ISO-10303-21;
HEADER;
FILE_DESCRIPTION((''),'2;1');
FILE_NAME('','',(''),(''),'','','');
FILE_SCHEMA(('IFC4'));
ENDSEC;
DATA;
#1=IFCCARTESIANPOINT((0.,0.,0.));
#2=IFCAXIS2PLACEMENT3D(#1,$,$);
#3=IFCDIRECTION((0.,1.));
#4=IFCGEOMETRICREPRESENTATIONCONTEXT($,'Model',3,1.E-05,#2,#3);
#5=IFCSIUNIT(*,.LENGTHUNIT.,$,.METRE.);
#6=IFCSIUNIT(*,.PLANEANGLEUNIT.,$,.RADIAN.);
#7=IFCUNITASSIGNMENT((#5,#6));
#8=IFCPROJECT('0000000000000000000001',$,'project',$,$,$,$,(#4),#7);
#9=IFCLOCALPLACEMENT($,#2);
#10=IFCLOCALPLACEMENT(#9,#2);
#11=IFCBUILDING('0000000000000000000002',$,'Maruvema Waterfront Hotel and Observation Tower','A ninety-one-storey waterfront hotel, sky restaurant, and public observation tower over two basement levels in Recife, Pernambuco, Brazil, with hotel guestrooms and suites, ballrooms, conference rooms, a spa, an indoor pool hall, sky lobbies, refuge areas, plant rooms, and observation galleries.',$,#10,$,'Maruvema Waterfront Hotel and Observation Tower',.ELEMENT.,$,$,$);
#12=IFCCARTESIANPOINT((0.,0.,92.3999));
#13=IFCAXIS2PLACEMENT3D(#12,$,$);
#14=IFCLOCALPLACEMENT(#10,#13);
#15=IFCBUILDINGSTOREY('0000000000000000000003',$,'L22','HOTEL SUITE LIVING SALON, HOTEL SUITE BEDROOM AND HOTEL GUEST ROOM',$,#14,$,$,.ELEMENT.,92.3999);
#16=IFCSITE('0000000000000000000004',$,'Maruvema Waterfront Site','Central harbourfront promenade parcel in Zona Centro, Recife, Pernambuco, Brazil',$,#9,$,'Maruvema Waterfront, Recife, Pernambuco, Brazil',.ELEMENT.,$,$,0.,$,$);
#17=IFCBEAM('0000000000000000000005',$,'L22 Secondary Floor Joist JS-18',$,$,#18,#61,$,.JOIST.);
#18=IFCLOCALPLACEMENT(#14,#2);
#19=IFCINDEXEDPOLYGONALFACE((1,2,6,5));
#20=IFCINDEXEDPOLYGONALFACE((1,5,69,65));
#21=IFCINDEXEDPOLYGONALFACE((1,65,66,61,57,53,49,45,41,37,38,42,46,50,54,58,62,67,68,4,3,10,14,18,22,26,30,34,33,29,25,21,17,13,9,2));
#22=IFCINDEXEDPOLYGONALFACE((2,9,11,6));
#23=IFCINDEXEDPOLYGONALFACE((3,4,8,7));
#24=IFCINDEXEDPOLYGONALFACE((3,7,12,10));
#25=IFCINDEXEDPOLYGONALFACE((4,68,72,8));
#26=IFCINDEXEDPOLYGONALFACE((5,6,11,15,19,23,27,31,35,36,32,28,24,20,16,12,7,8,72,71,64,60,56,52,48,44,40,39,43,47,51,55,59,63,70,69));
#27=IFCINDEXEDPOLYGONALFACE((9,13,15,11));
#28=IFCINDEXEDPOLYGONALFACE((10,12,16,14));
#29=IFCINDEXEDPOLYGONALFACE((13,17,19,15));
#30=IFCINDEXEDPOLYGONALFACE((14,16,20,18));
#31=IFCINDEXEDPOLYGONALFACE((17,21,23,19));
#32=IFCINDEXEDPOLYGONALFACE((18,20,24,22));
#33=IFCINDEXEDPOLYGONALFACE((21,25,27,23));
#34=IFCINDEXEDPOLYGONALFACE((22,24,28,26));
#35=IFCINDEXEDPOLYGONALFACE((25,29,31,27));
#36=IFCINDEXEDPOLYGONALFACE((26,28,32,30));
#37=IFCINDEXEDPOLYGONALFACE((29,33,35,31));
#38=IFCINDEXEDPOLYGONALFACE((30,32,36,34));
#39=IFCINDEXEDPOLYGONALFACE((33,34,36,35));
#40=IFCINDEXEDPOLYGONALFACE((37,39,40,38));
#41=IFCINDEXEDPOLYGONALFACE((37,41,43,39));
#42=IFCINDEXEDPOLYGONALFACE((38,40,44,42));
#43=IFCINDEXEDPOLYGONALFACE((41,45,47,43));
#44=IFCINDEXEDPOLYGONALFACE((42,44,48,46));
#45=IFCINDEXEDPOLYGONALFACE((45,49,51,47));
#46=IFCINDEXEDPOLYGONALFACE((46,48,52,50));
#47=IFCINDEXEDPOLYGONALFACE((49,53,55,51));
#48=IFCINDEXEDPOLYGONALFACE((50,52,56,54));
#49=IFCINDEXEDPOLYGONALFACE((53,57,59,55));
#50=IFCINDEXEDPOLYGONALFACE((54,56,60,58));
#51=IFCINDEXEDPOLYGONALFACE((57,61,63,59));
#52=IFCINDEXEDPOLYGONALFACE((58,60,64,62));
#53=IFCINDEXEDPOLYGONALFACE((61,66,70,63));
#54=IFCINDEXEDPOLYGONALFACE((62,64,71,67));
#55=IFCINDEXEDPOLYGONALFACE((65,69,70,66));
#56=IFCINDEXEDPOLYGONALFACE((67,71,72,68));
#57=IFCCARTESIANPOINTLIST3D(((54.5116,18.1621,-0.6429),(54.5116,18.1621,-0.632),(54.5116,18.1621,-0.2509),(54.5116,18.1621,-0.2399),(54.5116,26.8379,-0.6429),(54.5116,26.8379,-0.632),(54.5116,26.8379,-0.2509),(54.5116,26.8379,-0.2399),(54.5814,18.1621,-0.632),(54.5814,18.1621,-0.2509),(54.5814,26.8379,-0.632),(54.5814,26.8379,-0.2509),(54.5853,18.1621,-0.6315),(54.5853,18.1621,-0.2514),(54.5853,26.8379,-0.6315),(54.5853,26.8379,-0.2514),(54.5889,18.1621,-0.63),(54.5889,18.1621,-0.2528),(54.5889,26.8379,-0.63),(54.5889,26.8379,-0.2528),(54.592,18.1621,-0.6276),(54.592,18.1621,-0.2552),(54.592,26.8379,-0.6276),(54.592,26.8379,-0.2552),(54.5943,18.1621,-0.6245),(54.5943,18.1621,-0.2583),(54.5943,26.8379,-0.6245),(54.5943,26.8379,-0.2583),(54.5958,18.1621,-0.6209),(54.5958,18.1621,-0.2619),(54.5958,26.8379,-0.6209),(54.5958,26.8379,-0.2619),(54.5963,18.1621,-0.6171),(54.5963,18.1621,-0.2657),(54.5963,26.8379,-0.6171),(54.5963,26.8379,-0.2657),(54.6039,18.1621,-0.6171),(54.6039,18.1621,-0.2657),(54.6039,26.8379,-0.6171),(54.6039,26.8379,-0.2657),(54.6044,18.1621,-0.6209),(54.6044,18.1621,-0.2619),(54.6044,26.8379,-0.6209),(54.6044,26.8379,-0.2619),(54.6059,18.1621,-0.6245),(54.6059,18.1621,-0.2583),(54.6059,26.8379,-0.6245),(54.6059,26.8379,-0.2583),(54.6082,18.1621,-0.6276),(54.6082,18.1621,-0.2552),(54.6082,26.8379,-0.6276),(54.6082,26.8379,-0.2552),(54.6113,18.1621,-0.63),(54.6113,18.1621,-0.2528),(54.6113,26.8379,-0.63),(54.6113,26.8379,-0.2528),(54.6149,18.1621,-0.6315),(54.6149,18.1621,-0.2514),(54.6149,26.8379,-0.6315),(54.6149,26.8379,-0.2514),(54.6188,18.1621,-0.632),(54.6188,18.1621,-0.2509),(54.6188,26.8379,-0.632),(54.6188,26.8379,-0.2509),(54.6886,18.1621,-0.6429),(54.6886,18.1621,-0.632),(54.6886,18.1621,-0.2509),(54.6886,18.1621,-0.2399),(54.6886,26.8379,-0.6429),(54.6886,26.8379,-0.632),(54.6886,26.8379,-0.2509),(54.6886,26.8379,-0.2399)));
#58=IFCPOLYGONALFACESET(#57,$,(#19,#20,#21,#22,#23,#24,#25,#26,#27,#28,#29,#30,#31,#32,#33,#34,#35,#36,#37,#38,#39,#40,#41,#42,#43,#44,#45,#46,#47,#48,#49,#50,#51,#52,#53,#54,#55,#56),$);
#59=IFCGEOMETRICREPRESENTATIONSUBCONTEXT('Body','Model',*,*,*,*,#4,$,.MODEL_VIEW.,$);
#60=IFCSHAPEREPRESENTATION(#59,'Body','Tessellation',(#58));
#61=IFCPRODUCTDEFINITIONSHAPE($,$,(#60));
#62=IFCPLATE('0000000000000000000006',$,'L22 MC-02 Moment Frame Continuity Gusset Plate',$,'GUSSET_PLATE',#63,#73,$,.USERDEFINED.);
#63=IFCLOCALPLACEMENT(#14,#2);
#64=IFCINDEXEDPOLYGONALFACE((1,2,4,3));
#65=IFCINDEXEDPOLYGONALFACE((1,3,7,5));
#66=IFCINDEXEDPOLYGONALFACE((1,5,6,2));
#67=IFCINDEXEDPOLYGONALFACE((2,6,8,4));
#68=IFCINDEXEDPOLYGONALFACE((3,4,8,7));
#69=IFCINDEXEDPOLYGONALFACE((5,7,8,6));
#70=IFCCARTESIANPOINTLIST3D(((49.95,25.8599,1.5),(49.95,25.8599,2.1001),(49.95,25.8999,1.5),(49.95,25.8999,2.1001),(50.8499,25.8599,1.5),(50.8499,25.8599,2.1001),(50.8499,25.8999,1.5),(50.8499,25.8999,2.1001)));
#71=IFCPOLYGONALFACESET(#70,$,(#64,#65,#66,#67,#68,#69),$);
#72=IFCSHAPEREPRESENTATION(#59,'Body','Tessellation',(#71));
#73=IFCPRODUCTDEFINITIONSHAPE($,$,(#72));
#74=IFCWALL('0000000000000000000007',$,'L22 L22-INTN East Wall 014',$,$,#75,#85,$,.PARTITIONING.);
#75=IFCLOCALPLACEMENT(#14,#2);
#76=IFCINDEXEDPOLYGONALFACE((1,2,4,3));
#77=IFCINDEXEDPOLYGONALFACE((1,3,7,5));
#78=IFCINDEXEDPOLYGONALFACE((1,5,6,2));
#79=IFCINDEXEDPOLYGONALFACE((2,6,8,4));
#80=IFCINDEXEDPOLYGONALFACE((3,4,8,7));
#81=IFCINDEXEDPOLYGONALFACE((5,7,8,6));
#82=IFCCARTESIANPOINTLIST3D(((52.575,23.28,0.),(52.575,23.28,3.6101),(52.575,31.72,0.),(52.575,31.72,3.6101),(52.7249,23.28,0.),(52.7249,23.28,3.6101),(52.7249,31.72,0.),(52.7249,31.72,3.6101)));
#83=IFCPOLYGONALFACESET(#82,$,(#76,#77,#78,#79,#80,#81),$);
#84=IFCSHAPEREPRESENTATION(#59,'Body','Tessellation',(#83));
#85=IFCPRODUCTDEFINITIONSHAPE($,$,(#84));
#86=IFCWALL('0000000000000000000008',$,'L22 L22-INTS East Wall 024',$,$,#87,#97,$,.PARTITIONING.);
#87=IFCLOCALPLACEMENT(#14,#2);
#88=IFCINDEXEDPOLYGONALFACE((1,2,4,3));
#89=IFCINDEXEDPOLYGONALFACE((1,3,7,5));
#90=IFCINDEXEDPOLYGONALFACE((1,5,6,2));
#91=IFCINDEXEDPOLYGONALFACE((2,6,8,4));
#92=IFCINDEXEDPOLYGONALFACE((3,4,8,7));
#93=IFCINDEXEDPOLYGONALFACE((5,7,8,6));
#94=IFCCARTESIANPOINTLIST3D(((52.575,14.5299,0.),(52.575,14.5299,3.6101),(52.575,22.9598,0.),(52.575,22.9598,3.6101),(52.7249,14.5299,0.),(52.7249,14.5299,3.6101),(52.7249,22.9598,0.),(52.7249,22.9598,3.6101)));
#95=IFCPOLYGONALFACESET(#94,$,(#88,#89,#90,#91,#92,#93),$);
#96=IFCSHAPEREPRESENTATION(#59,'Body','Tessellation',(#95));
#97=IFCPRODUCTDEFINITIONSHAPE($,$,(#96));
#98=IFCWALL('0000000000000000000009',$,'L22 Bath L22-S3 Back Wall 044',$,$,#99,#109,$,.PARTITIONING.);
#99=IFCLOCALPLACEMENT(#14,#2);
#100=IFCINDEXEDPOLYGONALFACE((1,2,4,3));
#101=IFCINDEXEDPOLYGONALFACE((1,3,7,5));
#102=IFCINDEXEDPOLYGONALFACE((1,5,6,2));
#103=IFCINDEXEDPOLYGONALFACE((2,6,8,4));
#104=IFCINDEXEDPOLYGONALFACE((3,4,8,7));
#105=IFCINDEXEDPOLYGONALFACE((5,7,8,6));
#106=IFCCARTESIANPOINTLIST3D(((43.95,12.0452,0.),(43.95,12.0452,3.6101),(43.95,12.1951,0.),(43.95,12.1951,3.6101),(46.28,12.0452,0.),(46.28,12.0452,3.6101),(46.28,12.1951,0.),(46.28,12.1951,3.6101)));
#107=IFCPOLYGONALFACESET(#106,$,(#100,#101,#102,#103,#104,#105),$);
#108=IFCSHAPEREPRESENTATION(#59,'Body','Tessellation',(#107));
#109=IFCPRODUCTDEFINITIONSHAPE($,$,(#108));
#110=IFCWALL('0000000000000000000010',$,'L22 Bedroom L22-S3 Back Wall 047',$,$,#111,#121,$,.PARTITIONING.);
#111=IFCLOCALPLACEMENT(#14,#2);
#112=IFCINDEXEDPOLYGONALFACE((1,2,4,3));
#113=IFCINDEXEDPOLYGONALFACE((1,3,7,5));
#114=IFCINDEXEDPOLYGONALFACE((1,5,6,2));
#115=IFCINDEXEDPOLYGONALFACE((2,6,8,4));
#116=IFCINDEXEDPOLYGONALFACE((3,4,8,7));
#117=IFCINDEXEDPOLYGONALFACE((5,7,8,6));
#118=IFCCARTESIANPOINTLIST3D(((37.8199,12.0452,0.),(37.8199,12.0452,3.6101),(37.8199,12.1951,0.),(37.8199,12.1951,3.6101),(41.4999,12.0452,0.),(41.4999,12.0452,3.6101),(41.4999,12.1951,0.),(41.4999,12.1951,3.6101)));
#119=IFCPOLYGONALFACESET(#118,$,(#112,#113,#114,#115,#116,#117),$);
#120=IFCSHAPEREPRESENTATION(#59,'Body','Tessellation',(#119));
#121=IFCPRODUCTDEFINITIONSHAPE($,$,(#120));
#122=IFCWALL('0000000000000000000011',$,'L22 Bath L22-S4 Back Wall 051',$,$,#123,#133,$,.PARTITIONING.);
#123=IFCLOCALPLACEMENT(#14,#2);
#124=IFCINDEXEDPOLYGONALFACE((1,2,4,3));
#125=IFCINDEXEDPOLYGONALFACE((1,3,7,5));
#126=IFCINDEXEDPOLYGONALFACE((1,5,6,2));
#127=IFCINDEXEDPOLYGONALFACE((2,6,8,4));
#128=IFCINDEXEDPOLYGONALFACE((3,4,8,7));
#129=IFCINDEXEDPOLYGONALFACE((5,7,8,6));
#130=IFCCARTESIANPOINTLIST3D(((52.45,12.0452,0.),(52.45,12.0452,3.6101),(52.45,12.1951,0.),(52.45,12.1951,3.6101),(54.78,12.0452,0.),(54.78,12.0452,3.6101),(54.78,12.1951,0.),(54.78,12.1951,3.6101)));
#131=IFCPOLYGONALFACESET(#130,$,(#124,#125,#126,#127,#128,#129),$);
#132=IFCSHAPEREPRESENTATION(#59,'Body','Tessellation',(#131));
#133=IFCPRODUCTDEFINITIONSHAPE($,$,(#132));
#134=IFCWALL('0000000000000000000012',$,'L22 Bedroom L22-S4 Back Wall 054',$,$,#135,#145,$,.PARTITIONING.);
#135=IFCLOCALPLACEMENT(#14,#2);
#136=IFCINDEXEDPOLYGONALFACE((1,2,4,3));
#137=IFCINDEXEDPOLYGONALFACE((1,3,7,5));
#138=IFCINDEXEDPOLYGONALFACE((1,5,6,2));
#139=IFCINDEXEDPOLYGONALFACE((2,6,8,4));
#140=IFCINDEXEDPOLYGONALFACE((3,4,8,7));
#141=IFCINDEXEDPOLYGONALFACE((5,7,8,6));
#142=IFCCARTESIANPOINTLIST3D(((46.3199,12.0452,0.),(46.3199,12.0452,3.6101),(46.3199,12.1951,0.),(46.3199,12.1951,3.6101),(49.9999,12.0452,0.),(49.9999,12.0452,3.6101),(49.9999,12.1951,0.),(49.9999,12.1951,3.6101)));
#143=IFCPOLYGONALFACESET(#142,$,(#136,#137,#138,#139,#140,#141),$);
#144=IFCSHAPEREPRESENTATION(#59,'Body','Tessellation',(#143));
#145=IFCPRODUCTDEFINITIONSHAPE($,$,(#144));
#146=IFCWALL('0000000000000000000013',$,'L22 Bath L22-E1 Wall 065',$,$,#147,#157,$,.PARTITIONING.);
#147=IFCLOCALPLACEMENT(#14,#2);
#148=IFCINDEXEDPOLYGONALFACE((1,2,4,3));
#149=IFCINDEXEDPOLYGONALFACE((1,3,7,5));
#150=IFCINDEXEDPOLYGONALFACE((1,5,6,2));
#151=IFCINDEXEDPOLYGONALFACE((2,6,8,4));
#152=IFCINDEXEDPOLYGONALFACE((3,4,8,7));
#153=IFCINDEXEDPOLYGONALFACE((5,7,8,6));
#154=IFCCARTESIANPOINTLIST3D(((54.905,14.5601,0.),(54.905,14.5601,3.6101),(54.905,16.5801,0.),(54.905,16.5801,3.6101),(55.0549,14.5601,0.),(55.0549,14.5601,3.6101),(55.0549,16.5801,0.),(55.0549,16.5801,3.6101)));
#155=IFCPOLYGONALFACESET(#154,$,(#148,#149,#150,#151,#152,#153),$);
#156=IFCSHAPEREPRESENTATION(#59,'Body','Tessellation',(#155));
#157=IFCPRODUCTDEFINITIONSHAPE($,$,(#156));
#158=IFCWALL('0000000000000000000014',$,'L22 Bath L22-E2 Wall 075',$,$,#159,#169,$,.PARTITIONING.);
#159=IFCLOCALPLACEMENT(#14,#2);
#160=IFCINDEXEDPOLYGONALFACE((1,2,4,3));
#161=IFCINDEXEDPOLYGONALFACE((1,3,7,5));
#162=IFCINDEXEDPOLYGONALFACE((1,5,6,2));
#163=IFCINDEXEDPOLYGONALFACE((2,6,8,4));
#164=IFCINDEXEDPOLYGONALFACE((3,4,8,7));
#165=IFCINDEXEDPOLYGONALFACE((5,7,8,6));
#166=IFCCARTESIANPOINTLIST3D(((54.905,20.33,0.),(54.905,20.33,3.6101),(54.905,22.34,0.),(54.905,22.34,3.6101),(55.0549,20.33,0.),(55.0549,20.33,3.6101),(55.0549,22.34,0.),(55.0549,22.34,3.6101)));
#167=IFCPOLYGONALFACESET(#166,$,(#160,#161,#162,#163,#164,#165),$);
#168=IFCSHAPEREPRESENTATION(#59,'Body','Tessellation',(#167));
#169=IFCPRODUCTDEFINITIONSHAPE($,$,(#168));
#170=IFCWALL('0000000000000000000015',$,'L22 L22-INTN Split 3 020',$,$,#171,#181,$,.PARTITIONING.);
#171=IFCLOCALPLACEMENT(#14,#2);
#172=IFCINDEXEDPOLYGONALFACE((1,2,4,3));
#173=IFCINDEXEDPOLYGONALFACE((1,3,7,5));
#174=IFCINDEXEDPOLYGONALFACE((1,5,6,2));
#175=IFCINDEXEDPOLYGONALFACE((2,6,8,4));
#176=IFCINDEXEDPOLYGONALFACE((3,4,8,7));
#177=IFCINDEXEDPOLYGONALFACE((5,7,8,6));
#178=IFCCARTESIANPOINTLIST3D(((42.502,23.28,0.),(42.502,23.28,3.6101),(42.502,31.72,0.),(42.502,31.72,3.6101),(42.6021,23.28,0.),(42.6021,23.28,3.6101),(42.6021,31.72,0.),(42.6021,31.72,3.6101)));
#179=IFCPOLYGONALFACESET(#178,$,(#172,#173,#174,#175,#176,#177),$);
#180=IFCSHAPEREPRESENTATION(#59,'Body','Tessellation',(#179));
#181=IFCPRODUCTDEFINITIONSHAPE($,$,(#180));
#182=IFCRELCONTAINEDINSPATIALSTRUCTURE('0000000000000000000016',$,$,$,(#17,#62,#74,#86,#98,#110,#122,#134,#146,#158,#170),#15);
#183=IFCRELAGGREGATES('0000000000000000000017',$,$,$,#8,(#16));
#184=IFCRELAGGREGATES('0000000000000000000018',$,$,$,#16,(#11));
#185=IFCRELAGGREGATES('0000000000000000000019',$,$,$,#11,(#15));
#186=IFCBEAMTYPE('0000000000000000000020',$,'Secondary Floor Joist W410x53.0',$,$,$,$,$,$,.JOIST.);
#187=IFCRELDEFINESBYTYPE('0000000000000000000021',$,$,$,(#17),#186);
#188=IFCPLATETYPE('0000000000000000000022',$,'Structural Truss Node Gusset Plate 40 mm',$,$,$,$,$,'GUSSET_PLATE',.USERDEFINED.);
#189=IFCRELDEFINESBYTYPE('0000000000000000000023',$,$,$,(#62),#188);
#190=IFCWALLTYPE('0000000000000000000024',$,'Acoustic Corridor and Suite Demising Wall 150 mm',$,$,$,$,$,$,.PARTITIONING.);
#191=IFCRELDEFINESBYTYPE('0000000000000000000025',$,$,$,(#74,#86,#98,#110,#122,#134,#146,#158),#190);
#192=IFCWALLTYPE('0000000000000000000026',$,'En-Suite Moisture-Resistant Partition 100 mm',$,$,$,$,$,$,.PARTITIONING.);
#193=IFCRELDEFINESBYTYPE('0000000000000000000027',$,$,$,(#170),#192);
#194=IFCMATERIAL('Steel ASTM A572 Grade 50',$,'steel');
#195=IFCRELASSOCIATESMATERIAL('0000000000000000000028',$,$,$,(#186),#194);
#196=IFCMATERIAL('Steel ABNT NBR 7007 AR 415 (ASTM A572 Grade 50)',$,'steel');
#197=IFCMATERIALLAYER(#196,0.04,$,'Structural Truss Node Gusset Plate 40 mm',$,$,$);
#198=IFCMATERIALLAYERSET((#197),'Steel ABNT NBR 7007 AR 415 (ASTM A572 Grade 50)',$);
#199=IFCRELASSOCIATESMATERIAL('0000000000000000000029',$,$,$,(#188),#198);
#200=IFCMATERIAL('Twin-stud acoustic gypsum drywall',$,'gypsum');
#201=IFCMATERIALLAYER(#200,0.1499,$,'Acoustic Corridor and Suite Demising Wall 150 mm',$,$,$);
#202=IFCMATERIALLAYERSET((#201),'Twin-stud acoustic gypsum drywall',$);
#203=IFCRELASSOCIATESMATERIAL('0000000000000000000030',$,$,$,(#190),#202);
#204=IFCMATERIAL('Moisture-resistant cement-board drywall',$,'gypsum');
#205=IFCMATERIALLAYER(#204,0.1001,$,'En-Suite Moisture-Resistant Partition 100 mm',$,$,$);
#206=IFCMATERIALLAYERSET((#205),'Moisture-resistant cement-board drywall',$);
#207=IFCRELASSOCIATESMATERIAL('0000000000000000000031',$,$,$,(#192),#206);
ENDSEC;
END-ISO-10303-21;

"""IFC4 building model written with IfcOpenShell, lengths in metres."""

from ifc_helpers import new_model, si_unit, direction, frame, frame_2d, origin, origin_2d, place, context, subcontext, project, spatial, rectangle, i_section, extrude, material, layer, layer_set, material_profile, profile_set, type_object, element, save


model = new_model("IFC4")

# Units and contexts
model_context = context("Model", 3, precision=1e-05, world=origin(), true_north=direction((0.0, 1.0)))
body_context = subcontext(model_context, "Body", "Model", "MODEL_VIEW")
ifc_project = project(units=[si_unit("LENGTHUNIT", "METRE"), si_unit("PLANEANGLEUNIT", "RADIAN")], contexts=[model_context])

# Site, building, storey
site_placement = place(None, origin())
site = spatial("IfcSite", under=ifc_project, at=site_placement, Name="Maruvema Waterfront Site", Description="Central harbourfront promenade parcel in Zona Centro, Recife, Pernambuco, Brazil", LongName="Maruvema Waterfront, Recife, Pernambuco, Brazil", CompositionType="ELEMENT", RefElevation=0.0)
building_placement = place(site_placement, origin())
building = spatial("IfcBuilding", under=site, at=building_placement, Name="Maruvema Waterfront Hotel and Observation Tower", Description="A ninety-one-storey waterfront hotel, sky restaurant, and public observation tower over two basement levels in Recife, Pernambuco, Brazil, with hotel guestrooms and suites, ballrooms, conference rooms, a spa, an indoor pool hall, sky lobbies, refuge areas, plant rooms, and observation galleries.", LongName="Maruvema Waterfront Hotel and Observation Tower", CompositionType="ELEMENT")
storey_placement = place(building_placement, frame((0.0, 0.0, 92.3999)))
storey = spatial("IfcBuildingStorey", under=building, at=storey_placement, Name="L22", Description="HOTEL SUITE LIVING SALON, HOTEL SUITE BEDROOM AND HOTEL GUEST ROOM", CompositionType="ELEMENT", Elevation=92.3999)

# Beam
ifc_material_1 = material(Name="Steel ASTM A572 Grade 50", Category="steel")
ifc_material_profile_1 = material_profile(ifc_material_1, i_section(OverallWidth=0.177, OverallDepth=0.4031, WebThickness=0.0076, FlangeThickness=0.011, FilletRadius=0.0149, at=origin_2d()), Name="W410x53.0")
ifc_profile_set_1 = profile_set([ifc_material_profile_1], Name="Steel ASTM A572 Grade 50")
beam_type_1 = type_object("IfcBeamType", Name="Secondary Floor Joist W410x53.0", PredefinedType="JOIST", material=ifc_profile_set_1)
beam_1_placement = place(storey_placement, frame((54.6001, 18.1621, -0.4414), z_axis=(0.0, 1.0, 0.0), x_axis=(-1.0, 0.0, 0.0)))
element("IfcBeam", 1, at=beam_1_placement, inside=storey, type_object=beam_type_1, Name="L22 Secondary Floor Joist JS-18", PredefinedType="JOIST", context=body_context, shape_type="SweptSolid", body=[
    extrude(i_section(OverallWidth=0.177, OverallDepth=0.4031, WebThickness=0.0076, FlangeThickness=0.011, FilletRadius=0.0149, at=origin_2d()), origin(), (0.0, 0.0, 1.0), 8.6758),
])

# Plate
ifc_material_2 = material(Name="Steel ABNT NBR 7007 AR 415 (ASTM A572 Grade 50)", Category="steel")
ifc_layer_1 = layer(ifc_material_2, 0.04, Name="Structural Truss Node Gusset Plate 40 mm")
ifc_layer_set_1 = layer_set([ifc_layer_1], Name="Steel ABNT NBR 7007 AR 415 (ASTM A572 Grade 50)")
plate_type = type_object("IfcPlateType", Name="Structural Truss Node Gusset Plate 40 mm", ElementType="GUSSET_PLATE", PredefinedType="USERDEFINED", material=ifc_layer_set_1)
plate_placement = place(storey_placement, frame((50.3999, 25.8799, 1.5), z_axis=(0.0, 0.0, 1.0), x_axis=(1.0, 0.0, 0.0)))
element("IfcPlate", 2, at=plate_placement, inside=storey, type_object=plate_type, Name="L22 MC-02 Moment Frame Continuity Gusset Plate", ObjectType="GUSSET_PLATE", PredefinedType="USERDEFINED", context=body_context, shape_type="SweptSolid", body=[
    extrude(rectangle(XDim=0.8999, YDim=0.04, at=origin_2d()), origin(), (0.0, 0.0, 1.0), 0.6001),
])

# Walls
ifc_material_3 = material(Name="Twin-stud acoustic gypsum drywall", Category="gypsum")
ifc_layer_2 = layer(ifc_material_3, 0.1499, Name="Acoustic Corridor and Suite Demising Wall 150 mm")
ifc_layer_set_2 = layer_set([ifc_layer_2], Name="Twin-stud acoustic gypsum drywall")
wall_type_1 = type_object("IfcWallType", Name="Acoustic Corridor and Suite Demising Wall 150 mm", PredefinedType="PARTITIONING", material=ifc_layer_set_2)
wall_1_placement = place(storey_placement, frame((52.6499, 23.28, 0.0), z_axis=(0.0, 0.0, 1.0), x_axis=(0.0, 1.0, 0.0)))
element("IfcWall", 3, at=wall_1_placement, inside=storey, type_object=wall_type_1, Name="L22 L22-INTN East Wall 014", PredefinedType="PARTITIONING", context=body_context, shape_type="SweptSolid", body=[
    extrude(rectangle(XDim=8.4399, YDim=0.1499, at=frame_2d((4.22, 0.0))), origin(), (0.0, 0.0, 1.0), 3.6101),
])
wall_2_placement = place(storey_placement, frame((52.6499, 14.53, 0.0), z_axis=(0.0, 0.0, 1.0), x_axis=(0.0, 1.0, 0.0)))
element("IfcWall", 4, at=wall_2_placement, inside=storey, type_object=wall_type_1, Name="L22 L22-INTS East Wall 024", PredefinedType="PARTITIONING", context=body_context, shape_type="SweptSolid", body=[
    extrude(rectangle(XDim=8.4299, YDim=0.1499, at=frame_2d((4.2148, 0.0))), origin(), (0.0, 0.0, 1.0), 3.6101),
])
wall_3_placement = place(storey_placement, frame((43.95, 12.1201, 0.0), z_axis=(0.0, 0.0, 1.0), x_axis=(1.0, 0.0, 0.0)))
element("IfcWall", 5, at=wall_3_placement, inside=storey, type_object=wall_type_1, Name="L22 Bath L22-S3 Back Wall 044", PredefinedType="PARTITIONING", context=body_context, shape_type="SweptSolid", body=[
    extrude(rectangle(XDim=2.3301, YDim=0.1499, at=frame_2d((1.165, 0.0))), origin(), (0.0, 0.0, 1.0), 3.6101),
])
wall_4_placement = place(storey_placement, frame((37.8201, 12.1201, 0.0), z_axis=(0.0, 0.0, 1.0), x_axis=(1.0, 0.0, 0.0)))
element("IfcWall", 6, at=wall_4_placement, inside=storey, type_object=wall_type_1, Name="L22 Bedroom L22-S3 Back Wall 047", PredefinedType="PARTITIONING", context=body_context, shape_type="SweptSolid", body=[
    extrude(rectangle(XDim=3.6799, YDim=0.1499, at=frame_2d((1.8398, 0.0))), origin(), (0.0, 0.0, 1.0), 3.6101),
])

# Walls
wall_5_placement = place(storey_placement, frame((52.45, 12.1201, 0.0), z_axis=(0.0, 0.0, 1.0), x_axis=(1.0, 0.0, 0.0)))
element("IfcWall", 7, at=wall_5_placement, inside=storey, type_object=wall_type_1, Name="L22 Bath L22-S4 Back Wall 051", PredefinedType="PARTITIONING", context=body_context, shape_type="SweptSolid", body=[
    extrude(rectangle(XDim=2.3301, YDim=0.1499, at=frame_2d((1.165, 0.0))), origin(), (0.0, 0.0, 1.0), 3.6101),
])
wall_6_placement = place(storey_placement, frame((46.3201, 12.1201, 0.0), z_axis=(0.0, 0.0, 1.0), x_axis=(1.0, 0.0, 0.0)))
element("IfcWall", 8, at=wall_6_placement, inside=storey, type_object=wall_type_1, Name="L22 Bedroom L22-S4 Back Wall 054", PredefinedType="PARTITIONING", context=body_context, shape_type="SweptSolid", body=[
    extrude(rectangle(XDim=3.6799, YDim=0.1499, at=frame_2d((1.8398, 0.0))), origin(), (0.0, 0.0, 1.0), 3.6101),
])

# Wall
wall_7_placement = place(storey_placement, frame((54.98, 14.5601, 0.0), z_axis=(0.0, 0.0, 1.0), x_axis=(0.0, 1.0, 0.0)))
element("IfcWall", 9, at=wall_7_placement, inside=storey, type_object=wall_type_1, Name="L22 Bath L22-E1 Wall 065", PredefinedType="PARTITIONING", context=body_context, shape_type="SweptSolid", body=[
    extrude(rectangle(XDim=2.02, YDim=0.1499, at=frame_2d((1.01, 0.0))), origin(), (0.0, 0.0, 1.0), 3.6101),
])

# Wall
wall_8_placement = place(storey_placement, frame((54.98, 20.3301, 0.0), z_axis=(0.0, 0.0, 1.0), x_axis=(0.0, 1.0, 0.0)))
element("IfcWall", 10, at=wall_8_placement, inside=storey, type_object=wall_type_1, Name="L22 Bath L22-E2 Wall 075", PredefinedType="PARTITIONING", context=body_context, shape_type="SweptSolid", body=[
    extrude(rectangle(XDim=2.01, YDim=0.1499, at=frame_2d((1.0049, 0.0))), origin(), (0.0, 0.0, 1.0), 3.6101),
])

# Wall
ifc_material_4 = material(Name="Moisture-resistant cement-board drywall", Category="gypsum")
ifc_layer_3 = layer(ifc_material_4, 0.1001, Name="En-Suite Moisture-Resistant Partition 100 mm")
ifc_layer_set_3 = layer_set([ifc_layer_3], Name="Moisture-resistant cement-board drywall")
wall_type_2 = type_object("IfcWallType", Name="En-Suite Moisture-Resistant Partition 100 mm", PredefinedType="PARTITIONING", material=ifc_layer_set_3)
wall_9_placement = place(storey_placement, frame((42.552, 23.28, 0.0), z_axis=(0.0, 0.0, 1.0), x_axis=(0.0, 1.0, 0.0)))
element("IfcWall", 11, at=wall_9_placement, inside=storey, type_object=wall_type_2, Name="L22 L22-INTN Split 3 020", PredefinedType="PARTITIONING", context=body_context, shape_type="SweptSolid", body=[
    extrude(rectangle(XDim=8.4399, YDim=0.1001, at=frame_2d((4.22, 0.0))), origin(), (0.0, 0.0, 1.0), 3.6101),
])

save(model, "model.ifc")
